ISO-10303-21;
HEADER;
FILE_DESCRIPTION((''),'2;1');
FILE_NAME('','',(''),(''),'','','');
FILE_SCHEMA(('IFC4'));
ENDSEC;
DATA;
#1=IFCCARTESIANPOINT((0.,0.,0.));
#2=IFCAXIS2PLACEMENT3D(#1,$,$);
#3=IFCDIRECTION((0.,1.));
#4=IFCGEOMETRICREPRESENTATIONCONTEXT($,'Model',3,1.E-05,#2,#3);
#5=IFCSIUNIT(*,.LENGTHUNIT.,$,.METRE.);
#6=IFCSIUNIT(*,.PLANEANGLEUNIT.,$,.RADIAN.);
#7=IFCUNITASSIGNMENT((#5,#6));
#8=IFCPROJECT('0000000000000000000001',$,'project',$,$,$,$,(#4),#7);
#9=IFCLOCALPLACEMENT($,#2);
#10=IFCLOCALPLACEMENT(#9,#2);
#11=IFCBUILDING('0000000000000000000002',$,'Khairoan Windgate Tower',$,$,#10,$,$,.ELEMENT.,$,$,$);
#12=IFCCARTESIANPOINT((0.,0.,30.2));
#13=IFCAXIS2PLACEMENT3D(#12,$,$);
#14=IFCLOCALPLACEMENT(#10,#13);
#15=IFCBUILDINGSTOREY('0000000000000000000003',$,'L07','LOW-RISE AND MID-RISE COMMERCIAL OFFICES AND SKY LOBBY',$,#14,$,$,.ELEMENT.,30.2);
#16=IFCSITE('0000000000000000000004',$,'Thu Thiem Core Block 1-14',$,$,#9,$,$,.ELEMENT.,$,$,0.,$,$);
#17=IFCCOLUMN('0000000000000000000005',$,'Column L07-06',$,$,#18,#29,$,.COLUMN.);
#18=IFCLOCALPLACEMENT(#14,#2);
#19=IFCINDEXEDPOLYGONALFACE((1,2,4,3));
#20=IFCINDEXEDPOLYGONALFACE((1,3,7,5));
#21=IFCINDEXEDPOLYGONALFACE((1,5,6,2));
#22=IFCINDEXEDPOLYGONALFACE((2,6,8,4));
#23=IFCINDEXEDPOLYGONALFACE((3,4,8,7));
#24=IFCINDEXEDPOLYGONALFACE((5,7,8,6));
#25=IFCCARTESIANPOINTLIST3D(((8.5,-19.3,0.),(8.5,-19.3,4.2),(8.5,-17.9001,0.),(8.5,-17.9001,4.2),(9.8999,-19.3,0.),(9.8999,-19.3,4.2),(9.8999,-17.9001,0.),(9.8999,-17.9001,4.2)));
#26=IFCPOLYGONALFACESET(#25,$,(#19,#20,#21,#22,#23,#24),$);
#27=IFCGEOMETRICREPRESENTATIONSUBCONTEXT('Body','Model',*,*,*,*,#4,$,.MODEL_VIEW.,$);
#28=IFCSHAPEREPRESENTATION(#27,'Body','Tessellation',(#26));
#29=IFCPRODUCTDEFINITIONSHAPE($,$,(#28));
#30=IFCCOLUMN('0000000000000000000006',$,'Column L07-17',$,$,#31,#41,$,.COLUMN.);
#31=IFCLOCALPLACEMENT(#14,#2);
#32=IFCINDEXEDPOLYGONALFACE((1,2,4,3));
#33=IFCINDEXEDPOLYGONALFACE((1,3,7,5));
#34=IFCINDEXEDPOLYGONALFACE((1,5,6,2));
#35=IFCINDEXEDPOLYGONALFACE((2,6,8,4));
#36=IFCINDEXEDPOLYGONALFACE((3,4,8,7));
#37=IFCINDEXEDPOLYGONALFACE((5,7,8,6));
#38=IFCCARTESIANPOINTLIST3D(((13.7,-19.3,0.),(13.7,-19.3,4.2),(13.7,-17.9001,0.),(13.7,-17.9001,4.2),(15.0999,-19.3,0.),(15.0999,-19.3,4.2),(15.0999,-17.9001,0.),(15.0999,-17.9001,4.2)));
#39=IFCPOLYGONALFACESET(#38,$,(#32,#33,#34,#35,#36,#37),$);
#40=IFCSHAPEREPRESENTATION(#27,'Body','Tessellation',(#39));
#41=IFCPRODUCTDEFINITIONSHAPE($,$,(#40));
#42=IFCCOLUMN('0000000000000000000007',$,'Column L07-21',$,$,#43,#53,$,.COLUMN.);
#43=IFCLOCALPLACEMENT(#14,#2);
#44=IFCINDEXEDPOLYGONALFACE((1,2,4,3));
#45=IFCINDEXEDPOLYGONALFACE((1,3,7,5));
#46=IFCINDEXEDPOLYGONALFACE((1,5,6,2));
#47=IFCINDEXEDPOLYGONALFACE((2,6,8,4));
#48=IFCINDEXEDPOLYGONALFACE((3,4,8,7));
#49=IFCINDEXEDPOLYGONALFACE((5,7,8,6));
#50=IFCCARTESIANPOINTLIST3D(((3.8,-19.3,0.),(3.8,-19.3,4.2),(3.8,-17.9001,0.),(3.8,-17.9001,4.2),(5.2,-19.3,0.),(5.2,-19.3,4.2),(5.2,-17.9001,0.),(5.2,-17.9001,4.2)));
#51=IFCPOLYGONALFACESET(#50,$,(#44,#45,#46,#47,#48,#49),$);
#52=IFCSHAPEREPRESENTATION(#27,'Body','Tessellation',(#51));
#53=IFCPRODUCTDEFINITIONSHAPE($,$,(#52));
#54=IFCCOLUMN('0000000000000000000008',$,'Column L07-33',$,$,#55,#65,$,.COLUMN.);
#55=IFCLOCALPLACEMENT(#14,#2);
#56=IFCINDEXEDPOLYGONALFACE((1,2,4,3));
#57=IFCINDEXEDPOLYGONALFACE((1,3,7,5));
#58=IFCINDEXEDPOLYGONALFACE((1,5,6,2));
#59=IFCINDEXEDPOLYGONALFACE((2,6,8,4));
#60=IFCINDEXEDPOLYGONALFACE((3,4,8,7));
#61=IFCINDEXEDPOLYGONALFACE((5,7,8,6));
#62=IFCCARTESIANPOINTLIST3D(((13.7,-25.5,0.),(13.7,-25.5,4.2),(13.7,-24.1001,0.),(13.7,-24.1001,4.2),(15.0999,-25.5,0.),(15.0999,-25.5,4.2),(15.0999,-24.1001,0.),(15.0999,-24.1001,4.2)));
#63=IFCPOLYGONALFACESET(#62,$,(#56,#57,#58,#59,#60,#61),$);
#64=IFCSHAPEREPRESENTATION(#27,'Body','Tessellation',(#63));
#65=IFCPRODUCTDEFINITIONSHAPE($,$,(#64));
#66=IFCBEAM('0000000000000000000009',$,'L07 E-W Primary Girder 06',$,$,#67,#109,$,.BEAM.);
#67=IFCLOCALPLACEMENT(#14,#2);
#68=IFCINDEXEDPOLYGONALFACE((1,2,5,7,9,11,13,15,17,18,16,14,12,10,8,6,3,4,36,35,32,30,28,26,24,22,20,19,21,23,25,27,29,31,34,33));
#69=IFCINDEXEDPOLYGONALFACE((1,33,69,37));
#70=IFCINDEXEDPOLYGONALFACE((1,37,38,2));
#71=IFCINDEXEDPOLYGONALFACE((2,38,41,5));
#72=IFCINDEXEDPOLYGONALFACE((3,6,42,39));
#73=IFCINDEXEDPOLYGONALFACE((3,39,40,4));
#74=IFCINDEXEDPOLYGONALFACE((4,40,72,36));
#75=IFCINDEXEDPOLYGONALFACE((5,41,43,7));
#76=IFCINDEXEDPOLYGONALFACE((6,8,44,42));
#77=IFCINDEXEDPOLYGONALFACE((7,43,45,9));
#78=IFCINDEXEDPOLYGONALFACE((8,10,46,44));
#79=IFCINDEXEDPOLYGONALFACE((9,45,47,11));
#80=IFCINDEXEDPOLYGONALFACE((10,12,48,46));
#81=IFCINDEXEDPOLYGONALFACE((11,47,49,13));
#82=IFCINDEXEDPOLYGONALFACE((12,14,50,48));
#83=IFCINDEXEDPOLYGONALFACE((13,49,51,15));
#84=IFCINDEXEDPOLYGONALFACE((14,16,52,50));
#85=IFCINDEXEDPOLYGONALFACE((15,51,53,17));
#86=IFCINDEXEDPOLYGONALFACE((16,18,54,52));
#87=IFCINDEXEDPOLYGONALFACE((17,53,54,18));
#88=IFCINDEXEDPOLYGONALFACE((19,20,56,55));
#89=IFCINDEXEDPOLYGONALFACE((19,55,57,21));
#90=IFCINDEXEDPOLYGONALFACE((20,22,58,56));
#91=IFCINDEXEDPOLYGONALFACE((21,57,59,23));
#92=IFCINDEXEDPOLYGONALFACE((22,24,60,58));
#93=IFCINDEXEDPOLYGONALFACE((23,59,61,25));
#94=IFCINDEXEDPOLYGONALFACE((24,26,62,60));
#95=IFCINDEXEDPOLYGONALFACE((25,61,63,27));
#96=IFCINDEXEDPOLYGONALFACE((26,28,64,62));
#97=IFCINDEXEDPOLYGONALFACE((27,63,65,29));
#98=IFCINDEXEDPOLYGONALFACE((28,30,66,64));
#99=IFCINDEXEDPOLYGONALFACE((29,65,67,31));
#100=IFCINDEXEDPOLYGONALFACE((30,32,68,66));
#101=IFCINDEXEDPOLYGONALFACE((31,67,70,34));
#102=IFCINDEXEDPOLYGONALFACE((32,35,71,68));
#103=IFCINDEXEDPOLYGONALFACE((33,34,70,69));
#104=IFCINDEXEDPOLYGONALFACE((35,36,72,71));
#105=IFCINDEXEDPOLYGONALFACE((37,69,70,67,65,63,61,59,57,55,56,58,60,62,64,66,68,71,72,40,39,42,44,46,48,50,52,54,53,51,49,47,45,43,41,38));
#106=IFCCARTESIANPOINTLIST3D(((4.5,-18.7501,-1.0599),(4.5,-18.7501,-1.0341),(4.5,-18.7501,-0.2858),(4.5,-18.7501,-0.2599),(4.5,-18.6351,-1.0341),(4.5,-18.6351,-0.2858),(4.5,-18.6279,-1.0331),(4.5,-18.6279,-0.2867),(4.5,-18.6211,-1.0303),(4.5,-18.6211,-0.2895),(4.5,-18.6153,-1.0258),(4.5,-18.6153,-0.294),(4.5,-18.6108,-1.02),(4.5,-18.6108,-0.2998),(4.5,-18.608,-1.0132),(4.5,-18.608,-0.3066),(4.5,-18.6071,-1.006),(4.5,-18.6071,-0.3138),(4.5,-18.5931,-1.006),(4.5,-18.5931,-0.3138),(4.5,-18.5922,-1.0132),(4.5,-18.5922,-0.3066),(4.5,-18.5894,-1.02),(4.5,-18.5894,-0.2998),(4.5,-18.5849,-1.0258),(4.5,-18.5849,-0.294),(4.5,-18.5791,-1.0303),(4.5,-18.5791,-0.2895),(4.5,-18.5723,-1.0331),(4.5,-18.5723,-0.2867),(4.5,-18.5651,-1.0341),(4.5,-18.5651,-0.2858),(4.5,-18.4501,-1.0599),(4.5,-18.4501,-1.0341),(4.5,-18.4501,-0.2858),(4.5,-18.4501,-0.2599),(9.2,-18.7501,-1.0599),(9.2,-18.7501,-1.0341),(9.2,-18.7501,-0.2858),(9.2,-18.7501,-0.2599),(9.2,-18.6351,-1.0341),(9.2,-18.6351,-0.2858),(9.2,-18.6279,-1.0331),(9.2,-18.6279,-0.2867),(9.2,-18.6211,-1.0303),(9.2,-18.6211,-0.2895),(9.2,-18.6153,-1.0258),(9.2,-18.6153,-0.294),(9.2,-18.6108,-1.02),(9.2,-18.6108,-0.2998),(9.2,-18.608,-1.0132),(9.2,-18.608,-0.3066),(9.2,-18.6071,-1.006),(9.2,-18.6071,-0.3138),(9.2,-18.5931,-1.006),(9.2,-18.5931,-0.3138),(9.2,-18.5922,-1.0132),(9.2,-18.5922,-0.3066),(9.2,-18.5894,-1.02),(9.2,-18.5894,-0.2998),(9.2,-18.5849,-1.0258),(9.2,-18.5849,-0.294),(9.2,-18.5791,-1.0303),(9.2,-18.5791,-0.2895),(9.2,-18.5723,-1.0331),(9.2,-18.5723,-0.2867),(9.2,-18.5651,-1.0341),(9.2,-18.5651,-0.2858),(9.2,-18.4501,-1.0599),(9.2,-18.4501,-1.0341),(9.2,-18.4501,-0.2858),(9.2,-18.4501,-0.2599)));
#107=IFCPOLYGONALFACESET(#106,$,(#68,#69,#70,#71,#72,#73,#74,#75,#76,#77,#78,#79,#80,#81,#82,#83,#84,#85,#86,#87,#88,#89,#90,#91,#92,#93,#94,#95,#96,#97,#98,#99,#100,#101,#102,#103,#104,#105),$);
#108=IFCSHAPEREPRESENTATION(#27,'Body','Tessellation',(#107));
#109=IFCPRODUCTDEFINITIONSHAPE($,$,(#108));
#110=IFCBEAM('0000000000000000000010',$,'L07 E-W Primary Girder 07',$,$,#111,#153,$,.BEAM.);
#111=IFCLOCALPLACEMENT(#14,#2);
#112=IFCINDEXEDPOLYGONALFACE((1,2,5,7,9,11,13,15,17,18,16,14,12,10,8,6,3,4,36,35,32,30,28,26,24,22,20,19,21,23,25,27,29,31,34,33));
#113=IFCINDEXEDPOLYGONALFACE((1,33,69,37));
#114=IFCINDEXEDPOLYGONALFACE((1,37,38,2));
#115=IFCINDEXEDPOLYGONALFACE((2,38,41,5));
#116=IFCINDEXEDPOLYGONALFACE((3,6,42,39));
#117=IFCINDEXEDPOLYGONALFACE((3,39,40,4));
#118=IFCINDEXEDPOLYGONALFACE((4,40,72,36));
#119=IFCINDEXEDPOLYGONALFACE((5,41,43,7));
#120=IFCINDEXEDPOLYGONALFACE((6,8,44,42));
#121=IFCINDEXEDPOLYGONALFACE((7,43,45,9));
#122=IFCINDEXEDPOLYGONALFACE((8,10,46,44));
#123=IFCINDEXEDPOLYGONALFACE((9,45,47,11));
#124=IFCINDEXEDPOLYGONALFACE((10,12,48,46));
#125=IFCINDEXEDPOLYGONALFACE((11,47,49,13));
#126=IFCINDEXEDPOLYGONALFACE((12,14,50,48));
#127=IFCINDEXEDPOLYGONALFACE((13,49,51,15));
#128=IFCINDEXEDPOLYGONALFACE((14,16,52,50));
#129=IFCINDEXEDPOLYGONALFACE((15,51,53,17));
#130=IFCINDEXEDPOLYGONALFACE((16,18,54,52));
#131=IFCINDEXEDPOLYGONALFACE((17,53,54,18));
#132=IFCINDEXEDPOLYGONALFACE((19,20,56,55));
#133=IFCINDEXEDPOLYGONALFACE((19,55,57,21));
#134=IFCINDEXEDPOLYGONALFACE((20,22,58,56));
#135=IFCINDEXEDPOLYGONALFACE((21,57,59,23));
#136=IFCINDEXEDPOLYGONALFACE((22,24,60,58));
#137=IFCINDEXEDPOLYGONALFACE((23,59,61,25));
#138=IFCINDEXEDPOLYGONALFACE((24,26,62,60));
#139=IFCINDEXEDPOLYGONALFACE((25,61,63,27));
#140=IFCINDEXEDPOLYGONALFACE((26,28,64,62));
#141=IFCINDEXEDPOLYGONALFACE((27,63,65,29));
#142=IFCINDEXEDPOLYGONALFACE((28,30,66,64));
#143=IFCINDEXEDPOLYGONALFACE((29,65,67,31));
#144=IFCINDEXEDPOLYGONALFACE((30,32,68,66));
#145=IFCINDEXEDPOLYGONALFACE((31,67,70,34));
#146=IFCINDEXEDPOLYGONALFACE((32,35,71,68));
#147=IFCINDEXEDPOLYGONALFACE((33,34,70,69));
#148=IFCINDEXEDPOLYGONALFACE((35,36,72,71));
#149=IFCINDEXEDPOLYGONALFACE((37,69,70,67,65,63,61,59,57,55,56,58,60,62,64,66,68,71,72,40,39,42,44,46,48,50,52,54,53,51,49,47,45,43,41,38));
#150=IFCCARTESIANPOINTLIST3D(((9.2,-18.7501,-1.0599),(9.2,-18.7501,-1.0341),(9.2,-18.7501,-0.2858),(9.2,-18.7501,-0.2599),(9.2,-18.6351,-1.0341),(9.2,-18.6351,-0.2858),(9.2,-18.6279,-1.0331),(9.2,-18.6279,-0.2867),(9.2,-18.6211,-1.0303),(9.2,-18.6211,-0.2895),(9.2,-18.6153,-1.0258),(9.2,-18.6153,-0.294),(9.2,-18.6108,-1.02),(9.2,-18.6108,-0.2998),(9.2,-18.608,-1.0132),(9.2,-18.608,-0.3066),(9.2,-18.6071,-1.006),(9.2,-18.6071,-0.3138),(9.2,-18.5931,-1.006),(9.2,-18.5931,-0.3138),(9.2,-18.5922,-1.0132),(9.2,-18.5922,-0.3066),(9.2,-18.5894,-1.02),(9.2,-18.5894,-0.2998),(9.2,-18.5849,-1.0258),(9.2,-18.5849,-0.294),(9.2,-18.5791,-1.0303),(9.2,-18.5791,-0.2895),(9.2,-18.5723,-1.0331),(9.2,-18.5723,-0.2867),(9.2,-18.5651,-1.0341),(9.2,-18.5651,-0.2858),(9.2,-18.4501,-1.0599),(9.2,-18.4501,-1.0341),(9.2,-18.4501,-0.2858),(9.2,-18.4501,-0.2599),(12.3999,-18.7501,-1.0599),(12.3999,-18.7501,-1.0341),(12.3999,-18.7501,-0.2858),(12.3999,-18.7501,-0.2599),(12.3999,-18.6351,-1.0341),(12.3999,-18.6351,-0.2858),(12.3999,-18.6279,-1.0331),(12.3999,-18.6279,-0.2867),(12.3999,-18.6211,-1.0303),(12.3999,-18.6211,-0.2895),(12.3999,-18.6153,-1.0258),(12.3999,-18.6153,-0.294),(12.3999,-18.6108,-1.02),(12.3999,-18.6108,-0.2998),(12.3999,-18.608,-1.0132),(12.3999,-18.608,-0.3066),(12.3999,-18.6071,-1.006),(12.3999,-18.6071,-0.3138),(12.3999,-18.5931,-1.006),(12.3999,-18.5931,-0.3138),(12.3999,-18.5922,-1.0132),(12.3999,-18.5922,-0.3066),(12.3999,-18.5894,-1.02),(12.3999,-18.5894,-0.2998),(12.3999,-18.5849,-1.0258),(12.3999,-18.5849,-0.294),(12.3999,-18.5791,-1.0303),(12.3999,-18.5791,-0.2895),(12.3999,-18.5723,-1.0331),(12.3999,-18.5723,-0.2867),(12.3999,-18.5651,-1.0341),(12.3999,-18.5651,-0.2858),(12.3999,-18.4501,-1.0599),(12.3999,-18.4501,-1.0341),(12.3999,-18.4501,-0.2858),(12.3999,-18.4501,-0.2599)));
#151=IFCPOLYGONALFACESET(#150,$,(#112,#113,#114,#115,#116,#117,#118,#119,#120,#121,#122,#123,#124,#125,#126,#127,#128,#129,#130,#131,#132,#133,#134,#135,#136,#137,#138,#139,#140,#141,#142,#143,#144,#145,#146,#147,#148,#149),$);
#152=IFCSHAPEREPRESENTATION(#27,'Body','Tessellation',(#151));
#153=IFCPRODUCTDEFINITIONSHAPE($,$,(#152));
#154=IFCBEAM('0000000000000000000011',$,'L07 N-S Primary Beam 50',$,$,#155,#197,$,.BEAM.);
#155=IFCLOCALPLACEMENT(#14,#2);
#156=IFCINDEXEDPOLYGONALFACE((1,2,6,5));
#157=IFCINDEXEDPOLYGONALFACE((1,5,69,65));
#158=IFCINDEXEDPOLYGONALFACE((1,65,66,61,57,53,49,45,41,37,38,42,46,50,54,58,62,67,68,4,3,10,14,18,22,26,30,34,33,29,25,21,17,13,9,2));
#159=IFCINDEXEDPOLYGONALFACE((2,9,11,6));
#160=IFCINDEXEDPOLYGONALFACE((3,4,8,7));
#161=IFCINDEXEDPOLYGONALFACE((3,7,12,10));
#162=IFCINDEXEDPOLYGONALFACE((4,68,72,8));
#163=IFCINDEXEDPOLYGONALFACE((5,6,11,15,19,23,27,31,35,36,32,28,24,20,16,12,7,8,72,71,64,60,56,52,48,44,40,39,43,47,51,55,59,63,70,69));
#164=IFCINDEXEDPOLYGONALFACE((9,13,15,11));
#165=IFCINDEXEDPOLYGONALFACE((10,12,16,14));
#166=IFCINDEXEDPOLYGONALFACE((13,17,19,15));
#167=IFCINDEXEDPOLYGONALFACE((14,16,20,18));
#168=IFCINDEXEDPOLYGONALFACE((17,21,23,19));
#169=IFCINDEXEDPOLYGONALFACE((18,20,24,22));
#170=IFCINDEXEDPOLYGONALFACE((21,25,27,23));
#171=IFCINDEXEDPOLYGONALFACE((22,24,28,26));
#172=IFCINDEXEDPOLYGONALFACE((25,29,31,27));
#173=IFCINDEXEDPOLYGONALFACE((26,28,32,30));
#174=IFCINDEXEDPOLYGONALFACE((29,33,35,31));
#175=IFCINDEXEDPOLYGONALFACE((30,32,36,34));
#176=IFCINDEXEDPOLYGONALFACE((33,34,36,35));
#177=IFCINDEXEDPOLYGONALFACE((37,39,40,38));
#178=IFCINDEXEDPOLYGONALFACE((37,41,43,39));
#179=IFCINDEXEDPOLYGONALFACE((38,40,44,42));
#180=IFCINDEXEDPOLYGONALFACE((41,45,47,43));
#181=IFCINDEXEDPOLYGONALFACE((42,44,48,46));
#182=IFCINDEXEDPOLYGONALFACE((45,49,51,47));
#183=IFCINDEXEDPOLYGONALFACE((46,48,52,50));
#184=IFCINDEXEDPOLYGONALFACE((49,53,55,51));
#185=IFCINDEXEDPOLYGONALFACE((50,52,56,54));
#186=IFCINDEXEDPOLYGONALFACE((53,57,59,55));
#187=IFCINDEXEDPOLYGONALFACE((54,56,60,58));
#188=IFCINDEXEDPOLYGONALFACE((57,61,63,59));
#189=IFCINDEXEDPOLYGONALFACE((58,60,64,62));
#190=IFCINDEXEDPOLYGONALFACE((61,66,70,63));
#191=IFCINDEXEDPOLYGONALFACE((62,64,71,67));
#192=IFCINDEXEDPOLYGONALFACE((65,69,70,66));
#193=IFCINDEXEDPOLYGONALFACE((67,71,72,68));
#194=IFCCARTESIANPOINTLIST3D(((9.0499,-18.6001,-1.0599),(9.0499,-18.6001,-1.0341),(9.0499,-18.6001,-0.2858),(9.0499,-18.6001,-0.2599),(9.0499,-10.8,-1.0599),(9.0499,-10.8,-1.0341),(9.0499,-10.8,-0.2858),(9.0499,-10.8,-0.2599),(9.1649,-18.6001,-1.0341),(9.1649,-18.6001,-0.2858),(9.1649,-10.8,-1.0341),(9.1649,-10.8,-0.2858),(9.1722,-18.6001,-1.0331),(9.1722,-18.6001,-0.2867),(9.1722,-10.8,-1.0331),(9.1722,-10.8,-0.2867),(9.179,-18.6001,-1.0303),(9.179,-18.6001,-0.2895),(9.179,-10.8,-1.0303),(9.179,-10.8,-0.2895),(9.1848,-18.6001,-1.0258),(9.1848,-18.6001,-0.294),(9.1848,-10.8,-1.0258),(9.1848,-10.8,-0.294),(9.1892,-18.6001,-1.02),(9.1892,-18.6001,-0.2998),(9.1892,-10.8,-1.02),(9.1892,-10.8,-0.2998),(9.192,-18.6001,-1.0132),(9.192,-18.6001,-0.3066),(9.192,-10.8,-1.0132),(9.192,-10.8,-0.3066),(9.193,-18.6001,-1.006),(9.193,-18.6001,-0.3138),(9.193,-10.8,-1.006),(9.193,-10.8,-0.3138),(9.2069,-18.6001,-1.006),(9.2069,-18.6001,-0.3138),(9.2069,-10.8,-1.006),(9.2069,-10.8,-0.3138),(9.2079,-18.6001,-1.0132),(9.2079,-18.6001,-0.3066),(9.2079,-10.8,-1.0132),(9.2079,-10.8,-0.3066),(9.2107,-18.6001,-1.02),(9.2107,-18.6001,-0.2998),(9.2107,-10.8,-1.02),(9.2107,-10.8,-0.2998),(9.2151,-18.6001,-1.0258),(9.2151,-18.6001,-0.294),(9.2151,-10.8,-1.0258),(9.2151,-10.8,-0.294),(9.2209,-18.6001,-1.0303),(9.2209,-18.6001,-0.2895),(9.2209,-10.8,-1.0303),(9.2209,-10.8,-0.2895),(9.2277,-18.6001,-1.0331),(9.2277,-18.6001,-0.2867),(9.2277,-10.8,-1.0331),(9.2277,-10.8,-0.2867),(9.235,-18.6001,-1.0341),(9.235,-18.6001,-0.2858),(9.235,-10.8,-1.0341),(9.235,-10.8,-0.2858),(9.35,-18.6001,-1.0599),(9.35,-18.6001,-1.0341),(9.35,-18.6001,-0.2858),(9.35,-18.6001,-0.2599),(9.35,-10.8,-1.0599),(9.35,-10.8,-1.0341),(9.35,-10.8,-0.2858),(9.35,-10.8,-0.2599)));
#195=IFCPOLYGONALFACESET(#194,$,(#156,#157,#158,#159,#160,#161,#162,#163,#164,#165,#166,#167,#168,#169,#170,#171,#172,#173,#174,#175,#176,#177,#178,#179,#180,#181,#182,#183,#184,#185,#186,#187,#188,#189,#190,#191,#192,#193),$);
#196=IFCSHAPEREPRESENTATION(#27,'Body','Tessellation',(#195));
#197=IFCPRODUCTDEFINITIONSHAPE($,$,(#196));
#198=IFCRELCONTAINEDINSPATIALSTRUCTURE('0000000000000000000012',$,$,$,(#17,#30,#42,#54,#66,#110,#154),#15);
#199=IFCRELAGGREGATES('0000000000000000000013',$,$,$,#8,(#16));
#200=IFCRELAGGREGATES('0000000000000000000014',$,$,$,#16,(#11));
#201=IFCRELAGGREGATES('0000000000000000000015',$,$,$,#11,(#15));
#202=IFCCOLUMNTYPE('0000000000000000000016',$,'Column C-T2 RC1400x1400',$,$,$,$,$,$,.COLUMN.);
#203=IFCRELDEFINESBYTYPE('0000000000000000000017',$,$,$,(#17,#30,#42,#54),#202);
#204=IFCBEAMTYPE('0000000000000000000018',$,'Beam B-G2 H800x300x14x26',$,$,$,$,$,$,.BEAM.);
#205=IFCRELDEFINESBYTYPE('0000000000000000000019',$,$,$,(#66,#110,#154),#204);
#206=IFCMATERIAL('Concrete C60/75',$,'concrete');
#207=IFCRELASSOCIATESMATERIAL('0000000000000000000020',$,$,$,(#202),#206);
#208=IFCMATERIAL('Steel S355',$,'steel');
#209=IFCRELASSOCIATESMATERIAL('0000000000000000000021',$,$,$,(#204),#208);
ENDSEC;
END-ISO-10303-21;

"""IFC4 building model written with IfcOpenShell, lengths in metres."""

from ifc_helpers import new_model, si_unit, direction, frame, origin, origin_2d, place, context, subcontext, project, spatial, rectangle, i_section, extrude, material, material_profile, profile_set, type_object, element, save


model = new_model("IFC4")

# Units and contexts
model_context = context("Model", 3, precision=1e-05, world=origin(), true_north=direction((0.0, 1.0)))
body_context = subcontext(model_context, "Body", "Model", "MODEL_VIEW")
ifc_project = project(units=[si_unit("LENGTHUNIT", "METRE"), si_unit("PLANEANGLEUNIT", "RADIAN")], contexts=[model_context])

# Site, building, storey
site_placement = place(None, origin())
site = spatial("IfcSite", under=ifc_project, at=site_placement, Name="Thu Thiem Core Block 1-14", CompositionType="ELEMENT", RefElevation=0.0)
building_placement = place(site_placement, origin())
building = spatial("IfcBuilding", under=site, at=building_placement, Name="Khairoan Windgate Tower", CompositionType="ELEMENT")
storey_placement = place(building_placement, frame((0.0, 0.0, 30.2)))
storey = spatial("IfcBuildingStorey", under=building, at=storey_placement, Name="L07", Description="LOW-RISE AND MID-RISE COMMERCIAL OFFICES AND SKY LOBBY", CompositionType="ELEMENT", Elevation=30.2)

# Columns
ifc_material_1 = material(Name="Concrete C60/75", Category="concrete")
ifc_material_profile_1 = material_profile(ifc_material_1, rectangle(XDim=1.3999, YDim=1.3999, at=origin_2d()))
ifc_profile_set_1 = profile_set([ifc_material_profile_1], Name="Concrete C60/75")
column_type = type_object("IfcColumnType", Name="Column C-T2 RC1400x1400", PredefinedType="COLUMN", material=ifc_profile_set_1)
for number, where, z_axis, x_axis, name in (
    (1, (9.2, -18.6001, 0.0), (0.0, 0.0, 1.0), (1.0, 0.0, 0.0), "Column L07-06"),
    (2, (14.3999, -18.6001, 0.0), (0.0, 0.0, 1.0), (1.0, 0.0, 0.0), "Column L07-17"),
    (3, (4.5, -18.6001, 0.0), (0.0, 0.0, 1.0), (1.0, 0.0, 0.0), "Column L07-21"),
    (4, (14.3999, -24.8, 0.0), (0.0, 0.0, 1.0), (1.0, 0.0, 0.0), "Column L07-33"),
):
    element("IfcColumn", number, at=place(storey_placement, frame(where, z_axis=z_axis, x_axis=x_axis)), inside=storey, type_object=column_type, Name=name, PredefinedType="COLUMN", context=body_context, shape_type="SweptSolid", body=[
        extrude(rectangle(XDim=1.3999, YDim=1.3999, at=origin_2d()), origin(), (0.0, 0.0, 1.0), 4.2),
    ])

# Beams
ifc_material_2 = material(Name="Steel S355", Category="steel")
ifc_material_profile_2 = material_profile(ifc_material_2, i_section(OverallWidth=0.3, OverallDepth=0.8, WebThickness=0.0139, FlangeThickness=0.0259, FilletRadius=0.0281, at=origin_2d()))
ifc_profile_set_2 = profile_set([ifc_material_profile_2], Name="Steel S355")
beam_type_1 = type_object("IfcBeamType", Name="Beam B-G2 H800x300x14x26", PredefinedType="BEAM", material=ifc_profile_set_2)
beam_1_placement = place(storey_placement, frame((4.5, -18.6001, -0.6599), z_axis=(1.0, 0.0, 0.0), x_axis=(0.0, 1.0, 0.0)))
element("IfcBeam", 5, at=beam_1_placement, inside=storey, type_object=beam_type_1, Name="L07 E-W Primary Girder 06", PredefinedType="BEAM", context=body_context, shape_type="SweptSolid", body=[
    extrude(i_section(OverallWidth=0.3, OverallDepth=0.8, WebThickness=0.0139, FlangeThickness=0.0259, FilletRadius=0.0281, at=origin_2d()), origin(), (0.0, 0.0, 1.0), 4.7),
])
beam_2_placement = place(storey_placement, frame((9.2, -18.6001, -0.6599), z_axis=(1.0, 0.0, 0.0), x_axis=(0.0, 1.0, 0.0)))
element("IfcBeam", 6, at=beam_2_placement, inside=storey, type_object=beam_type_1, Name="L07 E-W Primary Girder 07", PredefinedType="BEAM", context=body_context, shape_type="SweptSolid", body=[
    extrude(i_section(OverallWidth=0.3, OverallDepth=0.8, WebThickness=0.0139, FlangeThickness=0.0259, FilletRadius=0.0281, at=origin_2d()), origin(), (0.0, 0.0, 1.0), 3.2),
])
for number, where, z_axis, x_axis, name in (
    (7, (9.2, -18.6001, -0.6599), (0.0, 1.0, 0.0), (-1.0, 0.0, 0.0), "L07 N-S Primary Beam 50"),
):
    element("IfcBeam", number, at=place(storey_placement, frame(where, z_axis=z_axis, x_axis=x_axis)), inside=storey, type_object=beam_type_1, Name=name, PredefinedType="BEAM", context=body_context, shape_type="SweptSolid", body=[
        extrude(i_section(OverallWidth=0.3, OverallDepth=0.8, WebThickness=0.0139, FlangeThickness=0.0259, FilletRadius=0.0281, at=origin_2d()), origin(), (0.0, 0.0, 1.0), 7.8),
    ])

save(model, "model.ifc")
